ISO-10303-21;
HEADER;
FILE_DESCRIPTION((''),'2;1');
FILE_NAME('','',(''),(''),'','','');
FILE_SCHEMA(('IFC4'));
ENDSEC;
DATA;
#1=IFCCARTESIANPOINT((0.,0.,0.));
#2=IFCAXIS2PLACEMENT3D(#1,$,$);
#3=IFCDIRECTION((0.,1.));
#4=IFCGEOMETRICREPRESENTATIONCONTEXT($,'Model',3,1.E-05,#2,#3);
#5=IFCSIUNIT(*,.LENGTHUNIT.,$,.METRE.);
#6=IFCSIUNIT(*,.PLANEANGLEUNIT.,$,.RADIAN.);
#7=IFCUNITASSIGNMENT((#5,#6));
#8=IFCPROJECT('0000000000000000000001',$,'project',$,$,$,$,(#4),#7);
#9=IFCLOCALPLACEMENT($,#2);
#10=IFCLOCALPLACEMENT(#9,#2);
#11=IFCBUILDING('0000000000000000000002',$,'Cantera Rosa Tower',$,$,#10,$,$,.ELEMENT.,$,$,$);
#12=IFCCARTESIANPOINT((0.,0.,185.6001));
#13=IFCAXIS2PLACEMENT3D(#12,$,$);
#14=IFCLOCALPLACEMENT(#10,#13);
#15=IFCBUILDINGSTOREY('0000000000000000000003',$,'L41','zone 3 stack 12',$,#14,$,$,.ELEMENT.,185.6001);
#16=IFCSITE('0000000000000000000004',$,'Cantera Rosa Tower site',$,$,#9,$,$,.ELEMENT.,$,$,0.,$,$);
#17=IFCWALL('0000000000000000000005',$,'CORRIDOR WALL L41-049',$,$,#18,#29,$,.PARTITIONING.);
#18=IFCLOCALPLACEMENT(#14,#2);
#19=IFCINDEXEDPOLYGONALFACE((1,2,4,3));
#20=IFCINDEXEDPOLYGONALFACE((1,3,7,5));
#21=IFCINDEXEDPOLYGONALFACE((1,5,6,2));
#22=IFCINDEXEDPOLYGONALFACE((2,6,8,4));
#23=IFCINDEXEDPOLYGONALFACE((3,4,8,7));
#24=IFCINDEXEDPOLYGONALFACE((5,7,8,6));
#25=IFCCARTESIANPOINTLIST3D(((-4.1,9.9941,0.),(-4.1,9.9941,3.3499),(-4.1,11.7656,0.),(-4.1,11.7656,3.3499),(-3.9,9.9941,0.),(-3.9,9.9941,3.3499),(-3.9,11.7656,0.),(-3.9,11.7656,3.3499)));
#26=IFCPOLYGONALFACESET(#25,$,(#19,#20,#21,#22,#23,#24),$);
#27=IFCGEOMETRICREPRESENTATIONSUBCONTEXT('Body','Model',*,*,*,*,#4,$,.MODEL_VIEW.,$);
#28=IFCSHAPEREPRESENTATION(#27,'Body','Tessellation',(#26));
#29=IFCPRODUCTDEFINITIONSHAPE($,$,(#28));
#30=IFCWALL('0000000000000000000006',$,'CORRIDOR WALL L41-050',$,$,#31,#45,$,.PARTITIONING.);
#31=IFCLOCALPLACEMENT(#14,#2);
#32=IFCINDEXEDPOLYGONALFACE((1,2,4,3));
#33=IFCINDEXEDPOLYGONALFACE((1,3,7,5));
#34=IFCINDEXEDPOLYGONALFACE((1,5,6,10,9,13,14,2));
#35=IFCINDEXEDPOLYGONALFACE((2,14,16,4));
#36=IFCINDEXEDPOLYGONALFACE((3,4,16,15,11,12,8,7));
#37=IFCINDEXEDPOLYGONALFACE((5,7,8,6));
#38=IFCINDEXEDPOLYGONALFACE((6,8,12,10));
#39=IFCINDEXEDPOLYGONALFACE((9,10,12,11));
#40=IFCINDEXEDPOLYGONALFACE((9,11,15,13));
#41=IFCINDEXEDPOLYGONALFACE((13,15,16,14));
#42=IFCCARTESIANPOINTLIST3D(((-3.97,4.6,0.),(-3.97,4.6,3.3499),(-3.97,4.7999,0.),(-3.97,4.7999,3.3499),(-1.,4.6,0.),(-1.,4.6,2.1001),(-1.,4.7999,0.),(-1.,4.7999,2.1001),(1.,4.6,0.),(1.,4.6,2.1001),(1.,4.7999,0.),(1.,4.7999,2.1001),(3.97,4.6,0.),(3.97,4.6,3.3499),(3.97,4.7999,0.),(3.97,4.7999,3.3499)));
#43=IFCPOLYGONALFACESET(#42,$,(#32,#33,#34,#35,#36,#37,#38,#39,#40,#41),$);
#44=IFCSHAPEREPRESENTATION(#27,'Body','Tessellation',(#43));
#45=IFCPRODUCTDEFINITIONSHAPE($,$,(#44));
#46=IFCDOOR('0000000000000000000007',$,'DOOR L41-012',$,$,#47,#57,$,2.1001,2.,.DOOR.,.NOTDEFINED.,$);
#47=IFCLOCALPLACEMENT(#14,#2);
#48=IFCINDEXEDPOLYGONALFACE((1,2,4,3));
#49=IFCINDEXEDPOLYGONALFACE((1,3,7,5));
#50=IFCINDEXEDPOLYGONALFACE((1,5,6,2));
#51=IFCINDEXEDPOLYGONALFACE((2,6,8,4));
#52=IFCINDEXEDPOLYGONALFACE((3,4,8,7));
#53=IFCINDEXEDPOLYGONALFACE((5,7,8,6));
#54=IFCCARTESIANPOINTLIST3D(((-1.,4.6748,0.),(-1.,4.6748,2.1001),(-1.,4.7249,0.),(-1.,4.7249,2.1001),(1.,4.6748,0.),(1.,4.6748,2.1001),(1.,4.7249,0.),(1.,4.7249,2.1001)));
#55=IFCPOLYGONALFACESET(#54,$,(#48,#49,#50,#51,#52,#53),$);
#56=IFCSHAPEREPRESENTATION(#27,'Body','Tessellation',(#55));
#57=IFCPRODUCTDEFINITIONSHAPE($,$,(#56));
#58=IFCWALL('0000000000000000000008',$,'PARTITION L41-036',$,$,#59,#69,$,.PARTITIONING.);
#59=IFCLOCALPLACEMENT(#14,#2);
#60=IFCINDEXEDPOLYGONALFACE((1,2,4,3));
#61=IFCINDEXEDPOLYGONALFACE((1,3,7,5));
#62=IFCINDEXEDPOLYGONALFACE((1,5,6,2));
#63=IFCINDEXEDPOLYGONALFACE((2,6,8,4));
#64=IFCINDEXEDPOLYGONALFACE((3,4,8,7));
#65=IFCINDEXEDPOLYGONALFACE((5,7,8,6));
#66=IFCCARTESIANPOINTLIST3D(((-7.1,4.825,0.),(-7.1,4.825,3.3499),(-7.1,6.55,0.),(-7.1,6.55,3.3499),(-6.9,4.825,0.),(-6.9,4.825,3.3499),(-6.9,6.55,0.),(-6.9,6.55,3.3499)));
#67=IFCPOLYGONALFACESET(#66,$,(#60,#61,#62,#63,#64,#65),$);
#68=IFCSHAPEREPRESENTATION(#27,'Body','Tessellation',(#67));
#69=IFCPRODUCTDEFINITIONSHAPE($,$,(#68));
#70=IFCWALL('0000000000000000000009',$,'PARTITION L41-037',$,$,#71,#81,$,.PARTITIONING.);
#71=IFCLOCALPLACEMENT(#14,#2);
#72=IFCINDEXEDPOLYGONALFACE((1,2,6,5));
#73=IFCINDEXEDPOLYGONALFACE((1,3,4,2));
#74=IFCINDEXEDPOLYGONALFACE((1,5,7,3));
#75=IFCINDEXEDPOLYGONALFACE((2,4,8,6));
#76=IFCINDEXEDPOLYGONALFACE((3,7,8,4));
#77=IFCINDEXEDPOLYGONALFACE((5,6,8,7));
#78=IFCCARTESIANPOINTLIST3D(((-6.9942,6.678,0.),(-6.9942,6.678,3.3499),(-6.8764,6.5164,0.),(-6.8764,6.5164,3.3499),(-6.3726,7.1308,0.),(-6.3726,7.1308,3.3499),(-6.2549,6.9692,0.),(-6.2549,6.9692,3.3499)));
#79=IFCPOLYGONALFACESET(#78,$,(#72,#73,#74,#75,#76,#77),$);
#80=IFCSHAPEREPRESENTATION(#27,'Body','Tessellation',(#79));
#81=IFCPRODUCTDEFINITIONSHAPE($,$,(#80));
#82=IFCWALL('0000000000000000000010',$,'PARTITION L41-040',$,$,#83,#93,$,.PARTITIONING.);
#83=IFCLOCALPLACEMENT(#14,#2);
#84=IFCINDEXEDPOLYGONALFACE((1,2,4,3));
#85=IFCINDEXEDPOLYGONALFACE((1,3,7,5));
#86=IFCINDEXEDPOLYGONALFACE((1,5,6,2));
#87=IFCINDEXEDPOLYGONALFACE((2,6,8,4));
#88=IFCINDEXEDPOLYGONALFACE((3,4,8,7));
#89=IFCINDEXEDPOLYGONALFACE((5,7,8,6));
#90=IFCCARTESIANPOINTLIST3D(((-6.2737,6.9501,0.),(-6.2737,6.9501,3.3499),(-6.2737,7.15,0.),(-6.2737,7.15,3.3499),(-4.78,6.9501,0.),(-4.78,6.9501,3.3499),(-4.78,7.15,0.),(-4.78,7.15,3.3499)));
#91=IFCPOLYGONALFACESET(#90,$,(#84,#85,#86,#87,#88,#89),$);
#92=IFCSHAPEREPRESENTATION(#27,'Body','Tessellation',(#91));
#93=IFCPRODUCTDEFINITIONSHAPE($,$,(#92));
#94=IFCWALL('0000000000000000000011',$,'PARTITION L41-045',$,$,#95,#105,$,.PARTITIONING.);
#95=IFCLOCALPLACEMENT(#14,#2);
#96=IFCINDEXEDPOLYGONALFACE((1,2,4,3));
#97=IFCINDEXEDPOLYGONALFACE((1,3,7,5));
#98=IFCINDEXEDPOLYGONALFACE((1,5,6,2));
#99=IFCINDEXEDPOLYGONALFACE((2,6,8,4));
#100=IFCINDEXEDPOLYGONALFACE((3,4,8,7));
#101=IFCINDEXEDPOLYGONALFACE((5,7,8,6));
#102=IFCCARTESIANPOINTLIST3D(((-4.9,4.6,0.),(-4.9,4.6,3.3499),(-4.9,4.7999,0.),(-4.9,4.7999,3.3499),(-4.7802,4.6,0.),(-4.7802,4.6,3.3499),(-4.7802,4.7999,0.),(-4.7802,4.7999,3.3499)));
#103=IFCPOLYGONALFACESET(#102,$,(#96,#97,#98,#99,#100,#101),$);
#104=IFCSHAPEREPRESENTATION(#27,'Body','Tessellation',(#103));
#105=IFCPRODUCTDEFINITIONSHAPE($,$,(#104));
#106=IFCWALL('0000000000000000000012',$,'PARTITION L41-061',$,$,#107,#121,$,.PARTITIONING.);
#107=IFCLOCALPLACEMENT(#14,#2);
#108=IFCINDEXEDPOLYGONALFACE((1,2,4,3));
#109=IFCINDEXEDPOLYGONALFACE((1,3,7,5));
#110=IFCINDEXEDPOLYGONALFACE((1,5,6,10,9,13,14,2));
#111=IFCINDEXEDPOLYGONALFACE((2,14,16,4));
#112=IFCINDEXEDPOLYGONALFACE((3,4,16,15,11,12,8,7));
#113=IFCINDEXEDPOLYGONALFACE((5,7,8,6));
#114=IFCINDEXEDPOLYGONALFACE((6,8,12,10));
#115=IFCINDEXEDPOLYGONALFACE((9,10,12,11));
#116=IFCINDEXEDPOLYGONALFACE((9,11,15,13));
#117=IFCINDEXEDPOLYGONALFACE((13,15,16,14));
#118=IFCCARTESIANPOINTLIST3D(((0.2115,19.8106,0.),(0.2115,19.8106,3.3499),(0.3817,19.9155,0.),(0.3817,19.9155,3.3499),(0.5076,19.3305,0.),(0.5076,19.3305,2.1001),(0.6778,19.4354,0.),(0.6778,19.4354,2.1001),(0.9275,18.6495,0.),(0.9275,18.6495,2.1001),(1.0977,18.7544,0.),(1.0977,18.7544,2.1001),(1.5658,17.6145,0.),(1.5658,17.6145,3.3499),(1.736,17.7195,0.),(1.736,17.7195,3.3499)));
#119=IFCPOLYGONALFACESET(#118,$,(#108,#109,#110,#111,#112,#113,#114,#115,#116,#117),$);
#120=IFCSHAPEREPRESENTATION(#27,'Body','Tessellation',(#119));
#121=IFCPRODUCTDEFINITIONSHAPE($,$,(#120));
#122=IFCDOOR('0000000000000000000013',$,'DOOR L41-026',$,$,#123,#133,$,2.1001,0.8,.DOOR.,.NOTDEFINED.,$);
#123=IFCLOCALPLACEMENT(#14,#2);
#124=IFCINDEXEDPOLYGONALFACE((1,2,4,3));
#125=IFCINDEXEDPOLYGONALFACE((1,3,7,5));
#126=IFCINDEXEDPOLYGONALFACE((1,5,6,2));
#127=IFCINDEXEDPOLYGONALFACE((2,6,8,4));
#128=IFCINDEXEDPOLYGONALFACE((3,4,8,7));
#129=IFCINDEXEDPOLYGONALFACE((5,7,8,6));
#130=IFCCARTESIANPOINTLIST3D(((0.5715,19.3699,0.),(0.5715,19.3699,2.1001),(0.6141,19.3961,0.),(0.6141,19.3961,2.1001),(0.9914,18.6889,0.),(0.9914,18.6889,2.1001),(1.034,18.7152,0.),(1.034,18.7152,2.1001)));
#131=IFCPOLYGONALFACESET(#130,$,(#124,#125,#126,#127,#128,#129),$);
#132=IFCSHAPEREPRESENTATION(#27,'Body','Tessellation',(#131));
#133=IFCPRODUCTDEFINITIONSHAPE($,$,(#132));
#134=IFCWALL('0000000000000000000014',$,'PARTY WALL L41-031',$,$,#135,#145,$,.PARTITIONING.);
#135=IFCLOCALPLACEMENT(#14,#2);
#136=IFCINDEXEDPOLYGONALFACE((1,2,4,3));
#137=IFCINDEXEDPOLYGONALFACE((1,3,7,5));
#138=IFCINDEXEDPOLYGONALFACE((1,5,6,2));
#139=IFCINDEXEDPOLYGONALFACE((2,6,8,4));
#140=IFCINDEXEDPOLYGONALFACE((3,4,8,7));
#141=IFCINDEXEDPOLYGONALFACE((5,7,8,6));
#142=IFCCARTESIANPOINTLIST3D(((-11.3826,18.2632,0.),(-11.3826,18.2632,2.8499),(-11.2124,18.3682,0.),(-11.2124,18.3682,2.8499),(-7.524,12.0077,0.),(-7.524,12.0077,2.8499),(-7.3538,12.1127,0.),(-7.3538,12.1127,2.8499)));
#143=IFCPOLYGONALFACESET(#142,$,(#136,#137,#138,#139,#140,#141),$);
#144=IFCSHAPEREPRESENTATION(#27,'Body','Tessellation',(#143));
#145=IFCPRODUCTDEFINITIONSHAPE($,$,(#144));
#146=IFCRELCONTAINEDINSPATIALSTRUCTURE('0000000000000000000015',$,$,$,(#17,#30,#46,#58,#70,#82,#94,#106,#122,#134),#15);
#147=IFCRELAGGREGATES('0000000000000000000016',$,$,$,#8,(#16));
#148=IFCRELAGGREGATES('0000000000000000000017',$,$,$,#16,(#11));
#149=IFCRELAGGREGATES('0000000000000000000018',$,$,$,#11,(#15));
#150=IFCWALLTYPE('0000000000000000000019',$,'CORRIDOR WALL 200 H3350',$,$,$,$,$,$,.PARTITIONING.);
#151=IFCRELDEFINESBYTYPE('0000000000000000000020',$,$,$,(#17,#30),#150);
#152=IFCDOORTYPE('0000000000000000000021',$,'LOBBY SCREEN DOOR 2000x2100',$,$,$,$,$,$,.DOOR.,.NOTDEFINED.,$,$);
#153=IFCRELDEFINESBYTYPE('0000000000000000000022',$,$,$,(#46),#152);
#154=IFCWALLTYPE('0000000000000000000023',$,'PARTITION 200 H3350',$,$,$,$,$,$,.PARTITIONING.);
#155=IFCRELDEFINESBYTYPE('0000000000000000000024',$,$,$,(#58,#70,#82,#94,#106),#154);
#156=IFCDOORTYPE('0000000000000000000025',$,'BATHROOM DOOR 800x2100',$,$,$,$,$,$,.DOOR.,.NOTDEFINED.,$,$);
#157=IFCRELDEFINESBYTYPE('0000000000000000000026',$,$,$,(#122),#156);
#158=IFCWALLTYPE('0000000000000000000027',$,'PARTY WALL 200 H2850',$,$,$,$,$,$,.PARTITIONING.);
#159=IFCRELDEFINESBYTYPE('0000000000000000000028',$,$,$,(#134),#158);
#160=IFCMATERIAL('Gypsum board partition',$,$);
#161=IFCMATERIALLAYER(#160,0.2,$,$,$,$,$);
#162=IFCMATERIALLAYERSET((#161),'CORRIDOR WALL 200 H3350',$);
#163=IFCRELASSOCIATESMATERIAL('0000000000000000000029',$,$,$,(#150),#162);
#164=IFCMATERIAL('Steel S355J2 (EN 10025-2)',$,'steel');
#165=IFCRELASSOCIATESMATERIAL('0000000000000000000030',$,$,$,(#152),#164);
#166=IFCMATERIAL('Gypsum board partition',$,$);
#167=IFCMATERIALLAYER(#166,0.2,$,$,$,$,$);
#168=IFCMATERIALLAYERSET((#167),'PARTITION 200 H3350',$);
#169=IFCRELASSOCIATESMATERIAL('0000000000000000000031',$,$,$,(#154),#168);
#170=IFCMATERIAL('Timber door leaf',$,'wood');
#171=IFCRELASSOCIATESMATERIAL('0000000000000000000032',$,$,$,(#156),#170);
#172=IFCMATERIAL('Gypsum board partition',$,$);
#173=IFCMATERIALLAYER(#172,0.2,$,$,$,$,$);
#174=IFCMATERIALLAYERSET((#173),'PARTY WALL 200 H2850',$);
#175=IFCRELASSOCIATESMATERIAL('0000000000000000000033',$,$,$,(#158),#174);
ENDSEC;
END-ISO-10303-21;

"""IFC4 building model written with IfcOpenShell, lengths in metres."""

from ifc_helpers import new_model, si_unit, direction, frame, frame_2d, origin, place, context, subcontext, project, spatial, rectangle, extrude, material, layer, layer_set, type_object, element, fill, save


model = new_model("IFC4")

# Units and contexts
model_context = context("Model", 3, precision=1e-05, world=origin(), true_north=direction((0.0, 1.0)))
body_context = subcontext(model_context, "Body", "Model", "MODEL_VIEW")
ifc_project = project(units=[si_unit("LENGTHUNIT", "METRE"), si_unit("PLANEANGLEUNIT", "RADIAN")], contexts=[model_context])

# Site, building, storey
site_placement = place(None, origin())
site = spatial("IfcSite", under=ifc_project, at=site_placement, Name="Cantera Rosa Tower site", CompositionType="ELEMENT", RefElevation=0.0)
building_placement = place(site_placement, origin())
building = spatial("IfcBuilding", under=site, at=building_placement, Name="Cantera Rosa Tower", CompositionType="ELEMENT")
storey_placement = place(building_placement, frame((0.0, 0.0, 185.6001)))
storey = spatial("IfcBuildingStorey", under=building, at=storey_placement, Name="L41", Description="zone 3 stack 12", CompositionType="ELEMENT", Elevation=185.6001)

# Wall
ifc_material_1 = material(Name="Gypsum board partition")
ifc_layer_1 = layer(ifc_material_1, 0.2)
ifc_layer_set_1 = layer_set([ifc_layer_1], Name="CORRIDOR WALL 200 H3350")
wall_type_1 = type_object("IfcWallType", Name="CORRIDOR WALL 200 H3350", PredefinedType="PARTITIONING", material=ifc_layer_set_1)
wall_1_placement = place(storey_placement, frame((-4.0, 11.7656, 0.0), z_axis=(0.0, 0.0, 1.0), x_axis=(0.0, -1.0, 0.0)))
element("IfcWall", 1, at=wall_1_placement, inside=storey, type_object=wall_type_1, Name="CORRIDOR WALL L41-049", PredefinedType="PARTITIONING", context=body_context, shape_type="SweptSolid", body=[
    extrude(rectangle(XDim=1.7715, YDim=0.2, at=frame_2d((0.8857, 0.0))), origin(), (0.0, 0.0, 1.0), 3.3499),
])

# Wall, opening, door
wall_2_placement = place(storey_placement, frame((-3.97, 4.7, 0.0), z_axis=(0.0, 0.0, 1.0), x_axis=(1.0, 0.0, 0.0)))
wall_2 = element("IfcWall", 2, at=wall_2_placement, inside=storey, type_object=wall_type_1, Name="CORRIDOR WALL L41-050", PredefinedType="PARTITIONING", context=body_context, shape_type="SweptSolid", body=[
    extrude(rectangle(XDim=7.9399, YDim=0.2, at=frame_2d((3.97, 0.0))), origin(), (0.0, 0.0, 1.0), 3.3499),
])
opening_1_placement = place(wall_2_placement, frame((2.97, 0.0, 0.0)))
opening_1 = element("IfcOpeningElement", 3, at=opening_1_placement, cuts=wall_2, PredefinedType="OPENING", context=body_context, shape_type="SweptSolid", body=[
    extrude(rectangle(XDim=2.0, YDim=2.1001, at=frame_2d((1.0, 1.05))), frame((0.0, 0.1099, 0.0), z_axis=(0.0, -1.0, 0.0), x_axis=(1.0, 0.0, 0.0)), (0.0, 0.0, 1.0), 0.22),
])
ifc_material_2 = material(Name="Steel S355J2 (EN 10025-2)", Category="steel")
door_type_1 = type_object("IfcDoorType", Name="LOBBY SCREEN DOOR 2000x2100", OperationType="NOTDEFINED", PredefinedType="DOOR", material=ifc_material_2)
door_1_placement = place(opening_1_placement, origin())
door_1 = element("IfcDoor", 4, at=door_1_placement, inside=storey, type_object=door_type_1, Name="DOOR L41-012", OperationType="NOTDEFINED", OverallHeight=2.1001, OverallWidth=2.0, PredefinedType="DOOR", context=body_context, shape_type="SweptSolid", body=[
    extrude(rectangle(XDim=2.0, YDim=2.1001, at=frame_2d((1.0, 1.05))), frame((0.0, 0.0249, 0.0), z_axis=(0.0, -1.0, 0.0), x_axis=(1.0, 0.0, 0.0)), (0.0, 0.0, 1.0), 0.05),
])
fill(opening_1, door_1)

# Walls
ifc_material_3 = material(Name="Gypsum board partition")
ifc_layer_2 = layer(ifc_material_3, 0.2)
ifc_layer_set_2 = layer_set([ifc_layer_2], Name="PARTITION 200 H3350")
wall_type_2 = type_object("IfcWallType", Name="PARTITION 200 H3350", PredefinedType="PARTITIONING", material=ifc_layer_set_2)
wall_3_placement = place(storey_placement, frame((-7.0, 4.825, 0.0), z_axis=(0.0, 0.0, 1.0), x_axis=(0.0, 1.0, 0.0)))
element("IfcWall", 5, at=wall_3_placement, inside=storey, type_object=wall_type_2, Name="PARTITION L41-036", PredefinedType="PARTITIONING", context=body_context, shape_type="SweptSolid", body=[
    extrude(rectangle(XDim=1.7251, YDim=0.2, at=frame_2d((0.8625, 0.0))), origin(), (0.0, 0.0, 1.0), 3.3499),
])
wall_4_placement = place(storey_placement, frame((-6.9353, 6.5972, 0.0), z_axis=(0.0, 0.0, 1.0), x_axis=(0.808228, 0.58887, 0.0)))
element("IfcWall", 6, at=wall_4_placement, inside=storey, type_object=wall_type_2, Name="PARTITION L41-037", PredefinedType="PARTITIONING", context=body_context, shape_type="SweptSolid", body=[
    extrude(rectangle(XDim=0.769, YDim=0.2, at=frame_2d((0.3845, 0.0))), origin(), (0.0, 0.0, 1.0), 3.3499),
])
wall_5_placement = place(storey_placement, frame((-6.2737, 7.05, 0.0), z_axis=(0.0, 0.0, 1.0), x_axis=(1.0, 0.0, 0.0)))
element("IfcWall", 7, at=wall_5_placement, inside=storey, type_object=wall_type_2, Name="PARTITION L41-040", PredefinedType="PARTITIONING", context=body_context, shape_type="SweptSolid", body=[
    extrude(rectangle(XDim=1.4937, YDim=0.2, at=frame_2d((0.7468, 0.0))), origin(), (0.0, 0.0, 1.0), 3.3499),
])
wall_6_placement = place(storey_placement, frame((-4.78, 4.7, 0.0), z_axis=(0.0, 0.0, 1.0), x_axis=(-1.0, 0.0, 0.0)))
element("IfcWall", 8, at=wall_6_placement, inside=storey, type_object=wall_type_2, Name="PARTITION L41-045", PredefinedType="PARTITIONING", context=body_context, shape_type="SweptSolid", body=[
    extrude(rectangle(XDim=0.1199, YDim=0.2, at=frame_2d((0.0601, 0.0))), origin(), (0.0, 0.0, 1.0), 3.3499),
])

# Wall, opening, door
wall_7_placement = place(storey_placement, frame((1.6509, 17.667, 0.0), z_axis=(0.0, 0.0, 1.0), x_axis=(-0.524894, 0.851167, 0.0)))
wall_7 = element("IfcWall", 9, at=wall_7_placement, inside=storey, type_object=wall_type_2, Name="PARTITION L41-061", PredefinedType="PARTITIONING", context=body_context, shape_type="SweptSolid", body=[
    extrude(rectangle(XDim=2.5801, YDim=0.2, at=frame_2d((1.29, 0.0))), origin(), (0.0, 0.0, 1.0), 3.3499),
])
opening_2_placement = place(wall_7_placement, frame((1.2161, 0.0, 0.0)))
opening_2 = element("IfcOpeningElement", 10, at=opening_2_placement, cuts=wall_7, PredefinedType="OPENING", context=body_context, shape_type="SweptSolid", body=[
    extrude(rectangle(XDim=0.8, YDim=2.1001, at=frame_2d((0.3999, 1.05))), frame((0.0, 0.1099, 0.0), z_axis=(0.0, -1.0, 0.0), x_axis=(1.0, 0.0, 0.0)), (0.0, 0.0, 1.0), 0.22),
])
ifc_material_4 = material(Name="Timber door leaf", Category="wood")
door_type_2 = type_object("IfcDoorType", Name="BATHROOM DOOR 800x2100", OperationType="NOTDEFINED", PredefinedType="DOOR", material=ifc_material_4)
door_2_placement = place(opening_2_placement, origin())
door_2 = element("IfcDoor", 11, at=door_2_placement, inside=storey, type_object=door_type_2, Name="DOOR L41-026", OperationType="NOTDEFINED", OverallHeight=2.1001, OverallWidth=0.8, PredefinedType="DOOR", context=body_context, shape_type="SweptSolid", body=[
    extrude(rectangle(XDim=0.8, YDim=2.1001, at=frame_2d((0.3999, 1.05))), frame((0.0, 0.0249, 0.0), z_axis=(0.0, -1.0, 0.0), x_axis=(1.0, 0.0, 0.0)), (0.0, 0.0, 1.0), 0.05),
])
fill(opening_2, door_2)

# Wall
ifc_material_5 = material(Name="Gypsum board partition")
ifc_layer_3 = layer(ifc_material_5, 0.2)
ifc_layer_set_3 = layer_set([ifc_layer_3], Name="PARTY WALL 200 H2850")
wall_type_3 = type_object("IfcWallType", Name="PARTY WALL 200 H2850", PredefinedType="PARTITIONING", material=ifc_layer_set_3)
wall_8_placement = place(storey_placement, frame((-7.439, 12.0603, 0.0), z_axis=(0.0, 0.0, 1.0), x_axis=(-0.524989, 0.851109, 0.0)))
element("IfcWall", 12, at=wall_8_placement, inside=storey, type_object=wall_type_3, Name="PARTY WALL L41-031", PredefinedType="PARTITIONING", context=body_context, shape_type="SweptSolid", body=[
    extrude(rectangle(XDim=7.3499, YDim=0.2, at=frame_2d((3.6748, 0.0))), origin(), (0.0, 0.0, 1.0), 2.8499),
])

save(model, "model.ifc")
